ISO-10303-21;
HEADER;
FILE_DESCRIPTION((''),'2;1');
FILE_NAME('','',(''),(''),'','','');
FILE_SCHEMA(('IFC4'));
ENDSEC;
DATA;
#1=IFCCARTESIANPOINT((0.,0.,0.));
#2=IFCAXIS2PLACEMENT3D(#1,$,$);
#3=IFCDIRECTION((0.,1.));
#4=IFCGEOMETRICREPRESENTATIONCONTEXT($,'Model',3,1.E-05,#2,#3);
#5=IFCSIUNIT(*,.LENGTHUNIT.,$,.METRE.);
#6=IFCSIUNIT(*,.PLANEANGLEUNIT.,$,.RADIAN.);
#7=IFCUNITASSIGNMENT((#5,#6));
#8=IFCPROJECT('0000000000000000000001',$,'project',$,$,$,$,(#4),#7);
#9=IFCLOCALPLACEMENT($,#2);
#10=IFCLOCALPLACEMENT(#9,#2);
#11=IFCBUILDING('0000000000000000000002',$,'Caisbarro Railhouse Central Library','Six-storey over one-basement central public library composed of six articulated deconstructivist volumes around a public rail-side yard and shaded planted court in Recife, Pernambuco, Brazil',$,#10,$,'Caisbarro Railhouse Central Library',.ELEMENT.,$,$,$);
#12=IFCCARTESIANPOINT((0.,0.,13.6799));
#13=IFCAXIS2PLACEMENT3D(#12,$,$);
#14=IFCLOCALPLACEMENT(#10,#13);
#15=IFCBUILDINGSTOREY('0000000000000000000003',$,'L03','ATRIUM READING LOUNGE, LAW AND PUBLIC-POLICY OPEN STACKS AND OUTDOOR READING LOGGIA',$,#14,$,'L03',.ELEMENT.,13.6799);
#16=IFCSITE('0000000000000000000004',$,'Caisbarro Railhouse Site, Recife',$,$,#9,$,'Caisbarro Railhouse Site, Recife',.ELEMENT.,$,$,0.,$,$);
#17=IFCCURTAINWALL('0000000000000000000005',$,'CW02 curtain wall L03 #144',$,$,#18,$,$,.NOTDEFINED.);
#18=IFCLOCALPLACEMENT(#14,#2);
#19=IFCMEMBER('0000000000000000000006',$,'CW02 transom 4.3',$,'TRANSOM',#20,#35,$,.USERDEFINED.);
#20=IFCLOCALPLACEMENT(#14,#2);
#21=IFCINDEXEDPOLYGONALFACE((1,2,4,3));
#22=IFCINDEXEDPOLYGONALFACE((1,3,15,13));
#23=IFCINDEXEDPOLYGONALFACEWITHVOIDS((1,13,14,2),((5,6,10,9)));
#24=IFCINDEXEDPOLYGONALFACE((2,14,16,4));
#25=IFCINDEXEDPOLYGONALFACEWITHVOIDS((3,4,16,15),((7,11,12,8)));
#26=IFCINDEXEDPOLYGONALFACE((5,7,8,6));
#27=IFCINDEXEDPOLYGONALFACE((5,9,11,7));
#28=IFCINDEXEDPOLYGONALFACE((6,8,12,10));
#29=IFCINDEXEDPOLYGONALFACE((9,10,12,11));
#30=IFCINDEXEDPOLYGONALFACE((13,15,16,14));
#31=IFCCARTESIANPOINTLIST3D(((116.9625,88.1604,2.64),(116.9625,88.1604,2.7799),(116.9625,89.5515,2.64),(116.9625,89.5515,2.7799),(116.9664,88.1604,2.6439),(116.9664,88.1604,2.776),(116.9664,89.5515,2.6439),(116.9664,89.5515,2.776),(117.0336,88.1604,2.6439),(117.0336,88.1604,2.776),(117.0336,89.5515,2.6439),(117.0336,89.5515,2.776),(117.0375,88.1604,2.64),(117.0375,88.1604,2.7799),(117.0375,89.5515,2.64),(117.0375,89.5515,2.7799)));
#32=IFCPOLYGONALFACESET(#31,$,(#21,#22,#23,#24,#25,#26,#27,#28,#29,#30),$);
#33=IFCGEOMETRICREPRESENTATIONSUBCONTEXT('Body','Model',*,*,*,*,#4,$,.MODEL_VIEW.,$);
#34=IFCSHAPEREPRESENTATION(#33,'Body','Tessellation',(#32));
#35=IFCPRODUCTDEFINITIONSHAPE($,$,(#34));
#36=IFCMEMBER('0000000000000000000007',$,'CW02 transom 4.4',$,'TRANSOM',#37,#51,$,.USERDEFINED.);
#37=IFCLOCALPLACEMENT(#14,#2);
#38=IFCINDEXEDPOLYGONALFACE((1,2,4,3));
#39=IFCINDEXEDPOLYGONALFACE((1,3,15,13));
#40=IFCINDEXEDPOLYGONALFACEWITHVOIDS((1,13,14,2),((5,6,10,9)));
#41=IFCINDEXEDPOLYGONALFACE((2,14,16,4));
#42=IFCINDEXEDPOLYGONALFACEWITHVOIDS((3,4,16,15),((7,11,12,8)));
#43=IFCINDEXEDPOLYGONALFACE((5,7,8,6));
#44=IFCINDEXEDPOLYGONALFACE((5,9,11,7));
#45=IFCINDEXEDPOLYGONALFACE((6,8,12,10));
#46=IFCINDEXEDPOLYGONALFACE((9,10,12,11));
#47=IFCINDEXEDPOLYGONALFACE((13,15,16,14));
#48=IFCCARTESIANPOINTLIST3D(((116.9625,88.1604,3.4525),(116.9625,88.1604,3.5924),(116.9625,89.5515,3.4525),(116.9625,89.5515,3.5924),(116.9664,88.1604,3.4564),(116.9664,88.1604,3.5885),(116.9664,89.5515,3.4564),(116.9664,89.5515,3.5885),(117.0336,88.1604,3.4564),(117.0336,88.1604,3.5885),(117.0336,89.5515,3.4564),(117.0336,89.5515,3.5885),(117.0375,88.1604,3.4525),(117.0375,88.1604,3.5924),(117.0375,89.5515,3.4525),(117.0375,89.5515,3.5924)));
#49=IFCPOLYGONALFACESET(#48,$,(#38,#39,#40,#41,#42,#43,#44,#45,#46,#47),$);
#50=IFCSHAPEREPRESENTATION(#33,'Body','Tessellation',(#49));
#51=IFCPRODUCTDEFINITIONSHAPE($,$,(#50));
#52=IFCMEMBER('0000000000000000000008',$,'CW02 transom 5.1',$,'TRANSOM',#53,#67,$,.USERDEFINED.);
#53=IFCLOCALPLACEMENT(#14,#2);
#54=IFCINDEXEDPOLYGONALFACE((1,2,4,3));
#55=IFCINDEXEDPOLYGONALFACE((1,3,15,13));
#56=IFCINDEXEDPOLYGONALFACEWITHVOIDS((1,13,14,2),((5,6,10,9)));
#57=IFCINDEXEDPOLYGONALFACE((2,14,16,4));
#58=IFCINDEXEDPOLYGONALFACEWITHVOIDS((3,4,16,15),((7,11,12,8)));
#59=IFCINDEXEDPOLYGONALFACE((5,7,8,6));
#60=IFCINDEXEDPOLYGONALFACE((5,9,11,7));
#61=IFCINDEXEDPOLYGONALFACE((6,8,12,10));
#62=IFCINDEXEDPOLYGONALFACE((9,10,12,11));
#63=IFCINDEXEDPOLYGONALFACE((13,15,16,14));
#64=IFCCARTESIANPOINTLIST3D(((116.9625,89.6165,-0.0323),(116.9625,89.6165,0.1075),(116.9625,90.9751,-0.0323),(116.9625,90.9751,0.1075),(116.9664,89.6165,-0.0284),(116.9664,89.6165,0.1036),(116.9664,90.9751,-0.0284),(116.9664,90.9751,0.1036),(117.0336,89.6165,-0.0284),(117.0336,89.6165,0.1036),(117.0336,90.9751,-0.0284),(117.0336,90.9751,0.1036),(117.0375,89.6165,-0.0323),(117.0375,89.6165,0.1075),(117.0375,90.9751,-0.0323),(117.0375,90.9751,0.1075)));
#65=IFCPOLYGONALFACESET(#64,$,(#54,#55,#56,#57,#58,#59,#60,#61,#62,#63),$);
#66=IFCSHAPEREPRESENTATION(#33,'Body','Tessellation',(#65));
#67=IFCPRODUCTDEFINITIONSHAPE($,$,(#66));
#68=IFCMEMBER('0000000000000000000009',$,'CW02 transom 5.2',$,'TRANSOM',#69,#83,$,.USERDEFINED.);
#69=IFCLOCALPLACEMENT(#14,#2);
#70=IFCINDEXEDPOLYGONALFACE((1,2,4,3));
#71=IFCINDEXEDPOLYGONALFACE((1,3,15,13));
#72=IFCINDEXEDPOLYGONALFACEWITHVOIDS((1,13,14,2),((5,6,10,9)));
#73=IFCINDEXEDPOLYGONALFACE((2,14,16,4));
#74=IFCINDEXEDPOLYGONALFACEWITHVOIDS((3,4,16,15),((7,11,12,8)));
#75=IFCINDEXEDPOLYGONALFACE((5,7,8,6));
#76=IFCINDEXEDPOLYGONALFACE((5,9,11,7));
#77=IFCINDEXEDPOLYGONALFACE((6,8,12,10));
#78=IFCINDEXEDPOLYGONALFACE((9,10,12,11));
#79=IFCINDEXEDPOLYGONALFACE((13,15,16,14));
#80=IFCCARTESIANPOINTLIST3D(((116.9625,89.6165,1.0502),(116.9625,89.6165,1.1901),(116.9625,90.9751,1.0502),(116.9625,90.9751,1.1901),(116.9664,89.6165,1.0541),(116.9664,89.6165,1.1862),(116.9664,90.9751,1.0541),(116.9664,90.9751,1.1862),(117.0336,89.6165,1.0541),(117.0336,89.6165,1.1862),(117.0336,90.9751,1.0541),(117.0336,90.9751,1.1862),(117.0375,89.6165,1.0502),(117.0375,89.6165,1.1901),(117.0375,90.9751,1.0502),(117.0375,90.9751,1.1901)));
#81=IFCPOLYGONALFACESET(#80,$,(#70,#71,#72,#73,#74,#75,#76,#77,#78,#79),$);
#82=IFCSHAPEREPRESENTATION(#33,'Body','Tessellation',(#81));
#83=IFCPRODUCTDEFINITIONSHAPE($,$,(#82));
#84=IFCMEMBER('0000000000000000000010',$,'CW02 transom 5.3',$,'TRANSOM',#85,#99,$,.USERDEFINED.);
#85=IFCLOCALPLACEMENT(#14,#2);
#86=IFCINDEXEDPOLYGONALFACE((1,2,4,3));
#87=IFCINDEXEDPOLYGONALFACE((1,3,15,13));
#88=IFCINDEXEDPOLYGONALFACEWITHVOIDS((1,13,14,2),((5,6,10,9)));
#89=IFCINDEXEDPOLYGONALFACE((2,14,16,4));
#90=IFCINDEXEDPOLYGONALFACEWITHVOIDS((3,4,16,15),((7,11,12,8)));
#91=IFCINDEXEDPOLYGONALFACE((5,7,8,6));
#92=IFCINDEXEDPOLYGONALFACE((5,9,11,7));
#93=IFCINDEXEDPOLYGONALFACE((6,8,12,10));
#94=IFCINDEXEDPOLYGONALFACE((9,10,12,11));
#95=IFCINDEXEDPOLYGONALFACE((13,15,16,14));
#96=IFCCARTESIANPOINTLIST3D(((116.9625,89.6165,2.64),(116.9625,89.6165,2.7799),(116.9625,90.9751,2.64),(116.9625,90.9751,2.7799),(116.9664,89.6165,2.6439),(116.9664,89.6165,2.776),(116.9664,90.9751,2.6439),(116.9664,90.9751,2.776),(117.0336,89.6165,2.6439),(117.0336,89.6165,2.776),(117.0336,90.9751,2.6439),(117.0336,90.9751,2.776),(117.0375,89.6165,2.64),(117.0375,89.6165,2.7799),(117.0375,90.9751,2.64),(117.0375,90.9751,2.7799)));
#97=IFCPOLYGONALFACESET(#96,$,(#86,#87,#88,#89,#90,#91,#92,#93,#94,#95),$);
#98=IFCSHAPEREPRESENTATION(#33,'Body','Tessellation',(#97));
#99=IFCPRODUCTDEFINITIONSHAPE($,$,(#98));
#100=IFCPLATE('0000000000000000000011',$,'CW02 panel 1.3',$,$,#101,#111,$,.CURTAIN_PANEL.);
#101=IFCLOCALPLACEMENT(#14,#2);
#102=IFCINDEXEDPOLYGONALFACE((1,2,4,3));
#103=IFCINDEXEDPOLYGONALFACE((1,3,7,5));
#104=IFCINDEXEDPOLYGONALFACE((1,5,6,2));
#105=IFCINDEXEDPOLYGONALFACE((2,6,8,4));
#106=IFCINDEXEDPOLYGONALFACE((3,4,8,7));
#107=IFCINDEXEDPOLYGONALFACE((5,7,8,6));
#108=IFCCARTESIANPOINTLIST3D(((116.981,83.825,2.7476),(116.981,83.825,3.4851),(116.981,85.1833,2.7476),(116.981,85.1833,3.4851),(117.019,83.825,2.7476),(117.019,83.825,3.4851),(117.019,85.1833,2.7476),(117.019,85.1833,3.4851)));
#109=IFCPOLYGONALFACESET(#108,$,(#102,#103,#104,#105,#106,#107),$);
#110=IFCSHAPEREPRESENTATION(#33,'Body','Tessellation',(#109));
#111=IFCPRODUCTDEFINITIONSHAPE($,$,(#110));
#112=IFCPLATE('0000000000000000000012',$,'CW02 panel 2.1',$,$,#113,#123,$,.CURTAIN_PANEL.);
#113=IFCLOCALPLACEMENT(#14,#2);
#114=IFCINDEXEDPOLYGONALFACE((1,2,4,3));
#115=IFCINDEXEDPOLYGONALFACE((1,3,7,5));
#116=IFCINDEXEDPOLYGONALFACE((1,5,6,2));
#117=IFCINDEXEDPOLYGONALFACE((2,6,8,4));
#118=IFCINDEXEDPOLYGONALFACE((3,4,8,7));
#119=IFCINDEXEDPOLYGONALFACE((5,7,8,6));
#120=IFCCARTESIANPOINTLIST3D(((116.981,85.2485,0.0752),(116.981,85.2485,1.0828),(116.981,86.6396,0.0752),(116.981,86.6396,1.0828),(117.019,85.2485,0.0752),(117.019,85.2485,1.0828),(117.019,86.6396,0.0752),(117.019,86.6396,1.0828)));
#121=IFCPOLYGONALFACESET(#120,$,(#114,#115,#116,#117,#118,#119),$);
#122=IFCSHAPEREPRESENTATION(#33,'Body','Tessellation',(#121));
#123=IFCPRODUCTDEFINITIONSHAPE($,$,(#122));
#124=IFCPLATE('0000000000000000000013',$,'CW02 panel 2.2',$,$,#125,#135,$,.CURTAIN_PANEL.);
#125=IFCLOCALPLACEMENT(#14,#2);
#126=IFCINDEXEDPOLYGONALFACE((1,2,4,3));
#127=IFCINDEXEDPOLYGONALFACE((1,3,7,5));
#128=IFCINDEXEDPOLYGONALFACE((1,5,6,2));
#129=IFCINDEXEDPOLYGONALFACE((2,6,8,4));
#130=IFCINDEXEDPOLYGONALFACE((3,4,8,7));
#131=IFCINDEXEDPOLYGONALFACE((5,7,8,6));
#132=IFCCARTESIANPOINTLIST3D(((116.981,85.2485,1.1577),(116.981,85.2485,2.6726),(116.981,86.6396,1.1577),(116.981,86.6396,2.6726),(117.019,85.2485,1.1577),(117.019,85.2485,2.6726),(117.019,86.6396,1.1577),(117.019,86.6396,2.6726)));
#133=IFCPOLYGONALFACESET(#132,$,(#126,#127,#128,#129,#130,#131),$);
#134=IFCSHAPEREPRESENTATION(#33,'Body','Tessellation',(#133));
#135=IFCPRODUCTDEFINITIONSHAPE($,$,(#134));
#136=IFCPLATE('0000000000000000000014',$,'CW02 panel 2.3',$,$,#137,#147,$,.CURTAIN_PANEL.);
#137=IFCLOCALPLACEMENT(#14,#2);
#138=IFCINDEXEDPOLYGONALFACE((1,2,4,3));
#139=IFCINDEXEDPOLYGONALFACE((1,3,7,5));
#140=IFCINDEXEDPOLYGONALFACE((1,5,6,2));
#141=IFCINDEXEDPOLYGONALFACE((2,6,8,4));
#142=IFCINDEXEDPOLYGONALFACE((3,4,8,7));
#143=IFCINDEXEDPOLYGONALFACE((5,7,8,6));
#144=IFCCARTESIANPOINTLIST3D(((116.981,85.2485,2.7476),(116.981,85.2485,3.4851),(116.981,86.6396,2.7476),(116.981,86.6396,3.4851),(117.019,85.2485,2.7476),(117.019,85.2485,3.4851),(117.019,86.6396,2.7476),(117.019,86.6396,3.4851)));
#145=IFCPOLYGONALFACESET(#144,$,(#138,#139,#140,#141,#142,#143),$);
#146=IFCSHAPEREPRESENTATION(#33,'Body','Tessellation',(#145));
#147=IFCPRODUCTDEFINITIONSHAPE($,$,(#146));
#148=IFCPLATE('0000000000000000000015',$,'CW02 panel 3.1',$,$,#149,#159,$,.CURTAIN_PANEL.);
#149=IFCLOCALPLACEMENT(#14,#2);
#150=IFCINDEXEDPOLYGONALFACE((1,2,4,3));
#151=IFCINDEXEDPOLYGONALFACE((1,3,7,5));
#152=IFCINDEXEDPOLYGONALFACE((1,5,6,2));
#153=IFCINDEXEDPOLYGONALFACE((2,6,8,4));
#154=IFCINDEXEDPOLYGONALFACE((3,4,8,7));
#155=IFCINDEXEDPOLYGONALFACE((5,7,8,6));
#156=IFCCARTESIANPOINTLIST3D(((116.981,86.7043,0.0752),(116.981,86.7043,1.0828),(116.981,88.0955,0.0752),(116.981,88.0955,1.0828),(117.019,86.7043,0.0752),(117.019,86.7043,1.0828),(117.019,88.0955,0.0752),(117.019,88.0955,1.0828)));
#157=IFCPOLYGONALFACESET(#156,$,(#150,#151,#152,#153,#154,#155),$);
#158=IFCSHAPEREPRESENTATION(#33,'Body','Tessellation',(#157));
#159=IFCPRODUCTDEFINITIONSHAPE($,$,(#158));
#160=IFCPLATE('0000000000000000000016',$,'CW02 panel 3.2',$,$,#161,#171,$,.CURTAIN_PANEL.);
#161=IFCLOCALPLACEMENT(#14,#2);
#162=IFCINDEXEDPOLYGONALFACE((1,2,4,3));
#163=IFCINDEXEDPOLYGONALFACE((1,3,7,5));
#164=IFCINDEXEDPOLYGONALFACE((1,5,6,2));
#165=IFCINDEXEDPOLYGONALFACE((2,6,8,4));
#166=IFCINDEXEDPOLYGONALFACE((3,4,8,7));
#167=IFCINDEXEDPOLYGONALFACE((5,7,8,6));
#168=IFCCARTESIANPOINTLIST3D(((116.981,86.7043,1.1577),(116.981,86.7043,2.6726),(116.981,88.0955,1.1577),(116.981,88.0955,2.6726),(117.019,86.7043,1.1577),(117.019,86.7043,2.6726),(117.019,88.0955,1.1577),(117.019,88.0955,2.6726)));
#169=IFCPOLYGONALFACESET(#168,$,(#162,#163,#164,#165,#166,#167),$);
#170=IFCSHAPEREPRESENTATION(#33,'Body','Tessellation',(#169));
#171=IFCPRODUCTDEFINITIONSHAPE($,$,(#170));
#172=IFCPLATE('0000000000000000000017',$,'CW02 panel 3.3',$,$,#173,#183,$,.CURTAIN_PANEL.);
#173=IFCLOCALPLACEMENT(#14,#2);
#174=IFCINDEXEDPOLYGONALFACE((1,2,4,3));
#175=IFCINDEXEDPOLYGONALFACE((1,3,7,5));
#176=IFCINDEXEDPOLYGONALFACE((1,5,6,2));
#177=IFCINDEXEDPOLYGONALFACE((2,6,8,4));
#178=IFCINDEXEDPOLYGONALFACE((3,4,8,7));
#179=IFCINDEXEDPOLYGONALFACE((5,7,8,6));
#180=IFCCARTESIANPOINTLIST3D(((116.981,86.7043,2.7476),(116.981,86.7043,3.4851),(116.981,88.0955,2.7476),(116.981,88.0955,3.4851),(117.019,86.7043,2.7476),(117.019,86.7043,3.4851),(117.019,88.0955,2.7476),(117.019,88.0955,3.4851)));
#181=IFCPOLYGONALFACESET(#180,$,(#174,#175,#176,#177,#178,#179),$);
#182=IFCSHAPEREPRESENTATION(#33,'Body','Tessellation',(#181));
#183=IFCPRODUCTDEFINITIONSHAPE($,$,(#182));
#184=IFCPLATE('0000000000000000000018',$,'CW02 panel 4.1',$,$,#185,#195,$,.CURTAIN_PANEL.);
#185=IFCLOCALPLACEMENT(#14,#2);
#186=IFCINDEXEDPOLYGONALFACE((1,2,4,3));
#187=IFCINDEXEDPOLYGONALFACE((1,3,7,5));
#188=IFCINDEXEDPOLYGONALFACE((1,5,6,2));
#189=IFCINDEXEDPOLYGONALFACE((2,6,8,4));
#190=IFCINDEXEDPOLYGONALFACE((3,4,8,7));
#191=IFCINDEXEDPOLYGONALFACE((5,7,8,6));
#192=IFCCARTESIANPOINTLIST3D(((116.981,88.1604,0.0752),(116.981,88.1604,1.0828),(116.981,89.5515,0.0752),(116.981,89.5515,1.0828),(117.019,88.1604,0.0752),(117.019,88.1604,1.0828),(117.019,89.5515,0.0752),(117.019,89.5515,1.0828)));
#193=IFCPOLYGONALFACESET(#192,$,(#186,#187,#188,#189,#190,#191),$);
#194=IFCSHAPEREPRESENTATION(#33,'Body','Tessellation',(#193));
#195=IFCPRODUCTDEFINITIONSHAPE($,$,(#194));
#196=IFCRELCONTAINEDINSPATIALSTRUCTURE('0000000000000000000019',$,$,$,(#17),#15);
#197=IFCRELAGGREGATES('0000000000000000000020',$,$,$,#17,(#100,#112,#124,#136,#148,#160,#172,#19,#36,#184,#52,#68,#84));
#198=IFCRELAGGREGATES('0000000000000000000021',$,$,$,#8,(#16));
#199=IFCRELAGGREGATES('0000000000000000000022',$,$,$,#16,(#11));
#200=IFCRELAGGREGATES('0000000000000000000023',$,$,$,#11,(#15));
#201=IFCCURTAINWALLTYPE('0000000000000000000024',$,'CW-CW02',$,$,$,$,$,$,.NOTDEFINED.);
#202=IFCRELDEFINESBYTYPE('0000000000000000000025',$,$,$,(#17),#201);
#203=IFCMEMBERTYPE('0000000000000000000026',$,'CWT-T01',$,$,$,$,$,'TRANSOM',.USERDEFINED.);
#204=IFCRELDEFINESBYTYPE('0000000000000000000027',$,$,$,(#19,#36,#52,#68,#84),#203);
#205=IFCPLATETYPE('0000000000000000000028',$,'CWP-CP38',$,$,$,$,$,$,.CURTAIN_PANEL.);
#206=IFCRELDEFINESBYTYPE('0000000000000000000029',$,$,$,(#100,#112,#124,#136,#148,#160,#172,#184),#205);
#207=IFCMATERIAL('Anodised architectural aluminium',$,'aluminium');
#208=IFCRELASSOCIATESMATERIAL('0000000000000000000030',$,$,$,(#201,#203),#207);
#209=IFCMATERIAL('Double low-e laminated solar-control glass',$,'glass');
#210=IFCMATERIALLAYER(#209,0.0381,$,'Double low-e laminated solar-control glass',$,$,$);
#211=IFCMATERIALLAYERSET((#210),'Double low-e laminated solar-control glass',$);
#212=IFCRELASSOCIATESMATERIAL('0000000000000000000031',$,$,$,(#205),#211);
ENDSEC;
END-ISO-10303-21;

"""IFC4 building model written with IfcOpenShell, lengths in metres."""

from ifc_helpers import new_model, si_unit, direction, frame, origin, origin_2d, place, context, subcontext, project, spatial, rectangle, hollow_rectangle, extrude, material, layer, layer_set, material_profile, profile_set, type_object, element, aggregate, save


model = new_model("IFC4")

# Units and contexts
model_context = context("Model", 3, precision=1e-05, world=origin(), true_north=direction((0.0, 1.0)))
body_context = subcontext(model_context, "Body", "Model", "MODEL_VIEW")
ifc_project = project(units=[si_unit("LENGTHUNIT", "METRE"), si_unit("PLANEANGLEUNIT", "RADIAN")], contexts=[model_context])

# Site, building, storey
site_placement = place(None, origin())
site = spatial("IfcSite", under=ifc_project, at=site_placement, Name="Caisbarro Railhouse Site, Recife", LongName="Caisbarro Railhouse Site, Recife", CompositionType="ELEMENT", RefElevation=0.0)
building_placement = place(site_placement, origin())
building = spatial("IfcBuilding", under=site, at=building_placement, Name="Caisbarro Railhouse Central Library", Description="Six-storey over one-basement central public library composed of six articulated deconstructivist volumes around a public rail-side yard and shaded planted court in Recife, Pernambuco, Brazil", LongName="Caisbarro Railhouse Central Library", CompositionType="ELEMENT")
storey_placement = place(building_placement, frame((0.0, 0.0, 13.6799)))
storey = spatial("IfcBuildingStorey", under=building, at=storey_placement, Name="L03", Description="ATRIUM READING LOUNGE, LAW AND PUBLIC-POLICY OPEN STACKS AND OUTDOOR READING LOGGIA", LongName="L03", CompositionType="ELEMENT", Elevation=13.6799)

# Curtain wall, members, plates
ifc_material_1 = material(Name="Anodised architectural aluminium", Category="aluminium")
curtain_wall_type = type_object("IfcCurtainWallType", Name="CW-CW02", PredefinedType="NOTDEFINED", material=ifc_material_1)
curtain_wall_placement = place(storey_placement, origin())
curtain_wall = element("IfcCurtainWall", 1, at=curtain_wall_placement, inside=storey, type_object=curtain_wall_type, Name="CW02 curtain wall L03 #144", PredefinedType="NOTDEFINED")
ifc_material_profile_1 = material_profile(ifc_material_1, hollow_rectangle(XDim=0.075, YDim=0.1399, WallThickness=0.0039, at=origin_2d()), Name="ALU-TRN-75X140")
ifc_profile_set_1 = profile_set([ifc_material_profile_1], Name="Anodised architectural aluminium")
member_type_1 = type_object("IfcMemberType", Name="CWT-T01", ElementType="TRANSOM", PredefinedType="USERDEFINED", material=ifc_profile_set_1)
member_1_placement = place(storey_placement, frame((117.0, 88.1604, 2.71), z_axis=(0.0, 1.0, 0.0), x_axis=(-1.0, 0.0, 0.0)))
member_1 = element("IfcMember", 2, at=member_1_placement, type_object=member_type_1, Name="CW02 transom 4.3", ObjectType="TRANSOM", PredefinedType="USERDEFINED", context=body_context, shape_type="SweptSolid", body=[
    extrude(hollow_rectangle(XDim=0.075, YDim=0.1399, WallThickness=0.0039, at=origin_2d()), origin(), (0.0, 0.0, 1.0), 1.3911),
])
member_2_placement = place(storey_placement, frame((117.0, 88.1604, 3.5225), z_axis=(0.0, 1.0, 0.0), x_axis=(-1.0, 0.0, 0.0)))
member_2 = element("IfcMember", 3, at=member_2_placement, type_object=member_type_1, Name="CW02 transom 4.4", ObjectType="TRANSOM", PredefinedType="USERDEFINED", context=body_context, shape_type="SweptSolid", body=[
    extrude(hollow_rectangle(XDim=0.075, YDim=0.1399, WallThickness=0.0039, at=origin_2d()), origin(), (0.0, 0.0, 1.0), 1.3911),
])
member_3_placement = place(storey_placement, frame((117.0, 89.6165, 0.0376), z_axis=(0.0, 1.0, 0.0), x_axis=(-1.0, 0.0, 0.0)))
member_3 = element("IfcMember", 4, at=member_3_placement, type_object=member_type_1, Name="CW02 transom 5.1", ObjectType="TRANSOM", PredefinedType="USERDEFINED", context=body_context, shape_type="SweptSolid", body=[
    extrude(hollow_rectangle(XDim=0.075, YDim=0.1399, WallThickness=0.0039, at=origin_2d()), origin(), (0.0, 0.0, 1.0), 1.3586),
])
member_4_placement = place(storey_placement, frame((117.0, 89.6165, 1.1201), z_axis=(0.0, 1.0, 0.0), x_axis=(-1.0, 0.0, 0.0)))
member_4 = element("IfcMember", 5, at=member_4_placement, type_object=member_type_1, Name="CW02 transom 5.2", ObjectType="TRANSOM", PredefinedType="USERDEFINED", context=body_context, shape_type="SweptSolid", body=[
    extrude(hollow_rectangle(XDim=0.075, YDim=0.1399, WallThickness=0.0039, at=origin_2d()), origin(), (0.0, 0.0, 1.0), 1.3586),
])
member_5_placement = place(storey_placement, frame((117.0, 89.6165, 2.71), z_axis=(0.0, 1.0, 0.0), x_axis=(-1.0, 0.0, 0.0)))
member_5 = element("IfcMember", 6, at=member_5_placement, type_object=member_type_1, Name="CW02 transom 5.3", ObjectType="TRANSOM", PredefinedType="USERDEFINED", context=body_context, shape_type="SweptSolid", body=[
    extrude(hollow_rectangle(XDim=0.075, YDim=0.1399, WallThickness=0.0039, at=origin_2d()), origin(), (0.0, 0.0, 1.0), 1.3586),
])
ifc_material_2 = material(Name="Double low-e laminated solar-control glass", Category="glass")
ifc_layer = layer(ifc_material_2, 0.0381, Name="Double low-e laminated solar-control glass")
ifc_layer_set = layer_set([ifc_layer], Name="Double low-e laminated solar-control glass")
plate_type = type_object("IfcPlateType", Name="CWP-CP38", PredefinedType="CURTAIN_PANEL", material=ifc_layer_set)
plate_1_placement = place(storey_placement, frame((117.0, 84.5042, 2.7476), z_axis=(0.0, 0.0, 1.0), x_axis=(0.0, 1.0, 0.0)))
plate_1 = element("IfcPlate", 7, at=plate_1_placement, type_object=plate_type, Name="CW02 panel 1.3", PredefinedType="CURTAIN_PANEL", context=body_context, shape_type="SweptSolid", body=[
    extrude(rectangle(XDim=1.3584, YDim=0.0381, at=origin_2d()), origin(), (0.0, 0.0, 1.0), 0.7375),
])
plate_2_placement = place(storey_placement, frame((117.0, 85.9441, 0.0752), z_axis=(0.0, 0.0, 1.0), x_axis=(0.0, 1.0, 0.0)))
plate_2 = element("IfcPlate", 8, at=plate_2_placement, type_object=plate_type, Name="CW02 panel 2.1", PredefinedType="CURTAIN_PANEL", context=body_context, shape_type="SweptSolid", body=[
    extrude(rectangle(XDim=1.3911, YDim=0.0381, at=origin_2d()), origin(), (0.0, 0.0, 1.0), 1.0076),
])
plate_3_placement = place(storey_placement, frame((117.0, 85.9441, 1.1577), z_axis=(0.0, 0.0, 1.0), x_axis=(0.0, 1.0, 0.0)))
plate_3 = element("IfcPlate", 9, at=plate_3_placement, type_object=plate_type, Name="CW02 panel 2.2", PredefinedType="CURTAIN_PANEL", context=body_context, shape_type="SweptSolid", body=[
    extrude(rectangle(XDim=1.3911, YDim=0.0381, at=origin_2d()), origin(), (0.0, 0.0, 1.0), 1.5149),
])
plate_4_placement = place(storey_placement, frame((117.0, 85.9441, 2.7476), z_axis=(0.0, 0.0, 1.0), x_axis=(0.0, 1.0, 0.0)))
plate_4 = element("IfcPlate", 10, at=plate_4_placement, type_object=plate_type, Name="CW02 panel 2.3", PredefinedType="CURTAIN_PANEL", context=body_context, shape_type="SweptSolid", body=[
    extrude(rectangle(XDim=1.3911, YDim=0.0381, at=origin_2d()), origin(), (0.0, 0.0, 1.0), 0.7375),
])
plate_5_placement = place(storey_placement, frame((117.0, 87.3999, 0.0752), z_axis=(0.0, 0.0, 1.0), x_axis=(0.0, 1.0, 0.0)))
plate_5 = element("IfcPlate", 11, at=plate_5_placement, type_object=plate_type, Name="CW02 panel 3.1", PredefinedType="CURTAIN_PANEL", context=body_context, shape_type="SweptSolid", body=[
    extrude(rectangle(XDim=1.3911, YDim=0.0381, at=origin_2d()), origin(), (0.0, 0.0, 1.0), 1.0076),
])
plate_6_placement = place(storey_placement, frame((117.0, 87.3999, 1.1577), z_axis=(0.0, 0.0, 1.0), x_axis=(0.0, 1.0, 0.0)))
plate_6 = element("IfcPlate", 12, at=plate_6_placement, type_object=plate_type, Name="CW02 panel 3.2", PredefinedType="CURTAIN_PANEL", context=body_context, shape_type="SweptSolid", body=[
    extrude(rectangle(XDim=1.3911, YDim=0.0381, at=origin_2d()), origin(), (0.0, 0.0, 1.0), 1.5149),
])
plate_7_placement = place(storey_placement, frame((117.0, 87.3999, 2.7476), z_axis=(0.0, 0.0, 1.0), x_axis=(0.0, 1.0, 0.0)))
plate_7 = element("IfcPlate", 13, at=plate_7_placement, type_object=plate_type, Name="CW02 panel 3.3", PredefinedType="CURTAIN_PANEL", context=body_context, shape_type="SweptSolid", body=[
    extrude(rectangle(XDim=1.3911, YDim=0.0381, at=origin_2d()), origin(), (0.0, 0.0, 1.0), 0.7375),
])
plate_8_placement = place(storey_placement, frame((117.0, 88.856, 0.0752), z_axis=(0.0, 0.0, 1.0), x_axis=(0.0, 1.0, 0.0)))
plate_8 = element("IfcPlate", 14, at=plate_8_placement, type_object=plate_type, Name="CW02 panel 4.1", PredefinedType="CURTAIN_PANEL", context=body_context, shape_type="SweptSolid", body=[
    extrude(rectangle(XDim=1.3911, YDim=0.0381, at=origin_2d()), origin(), (0.0, 0.0, 1.0), 1.0076),
])
aggregate(curtain_wall, [plate_1, plate_2, plate_3, plate_4, plate_5, plate_6, plate_7, member_1, member_2, plate_8, member_3, member_4, member_5])

save(model, "model.ifc")
